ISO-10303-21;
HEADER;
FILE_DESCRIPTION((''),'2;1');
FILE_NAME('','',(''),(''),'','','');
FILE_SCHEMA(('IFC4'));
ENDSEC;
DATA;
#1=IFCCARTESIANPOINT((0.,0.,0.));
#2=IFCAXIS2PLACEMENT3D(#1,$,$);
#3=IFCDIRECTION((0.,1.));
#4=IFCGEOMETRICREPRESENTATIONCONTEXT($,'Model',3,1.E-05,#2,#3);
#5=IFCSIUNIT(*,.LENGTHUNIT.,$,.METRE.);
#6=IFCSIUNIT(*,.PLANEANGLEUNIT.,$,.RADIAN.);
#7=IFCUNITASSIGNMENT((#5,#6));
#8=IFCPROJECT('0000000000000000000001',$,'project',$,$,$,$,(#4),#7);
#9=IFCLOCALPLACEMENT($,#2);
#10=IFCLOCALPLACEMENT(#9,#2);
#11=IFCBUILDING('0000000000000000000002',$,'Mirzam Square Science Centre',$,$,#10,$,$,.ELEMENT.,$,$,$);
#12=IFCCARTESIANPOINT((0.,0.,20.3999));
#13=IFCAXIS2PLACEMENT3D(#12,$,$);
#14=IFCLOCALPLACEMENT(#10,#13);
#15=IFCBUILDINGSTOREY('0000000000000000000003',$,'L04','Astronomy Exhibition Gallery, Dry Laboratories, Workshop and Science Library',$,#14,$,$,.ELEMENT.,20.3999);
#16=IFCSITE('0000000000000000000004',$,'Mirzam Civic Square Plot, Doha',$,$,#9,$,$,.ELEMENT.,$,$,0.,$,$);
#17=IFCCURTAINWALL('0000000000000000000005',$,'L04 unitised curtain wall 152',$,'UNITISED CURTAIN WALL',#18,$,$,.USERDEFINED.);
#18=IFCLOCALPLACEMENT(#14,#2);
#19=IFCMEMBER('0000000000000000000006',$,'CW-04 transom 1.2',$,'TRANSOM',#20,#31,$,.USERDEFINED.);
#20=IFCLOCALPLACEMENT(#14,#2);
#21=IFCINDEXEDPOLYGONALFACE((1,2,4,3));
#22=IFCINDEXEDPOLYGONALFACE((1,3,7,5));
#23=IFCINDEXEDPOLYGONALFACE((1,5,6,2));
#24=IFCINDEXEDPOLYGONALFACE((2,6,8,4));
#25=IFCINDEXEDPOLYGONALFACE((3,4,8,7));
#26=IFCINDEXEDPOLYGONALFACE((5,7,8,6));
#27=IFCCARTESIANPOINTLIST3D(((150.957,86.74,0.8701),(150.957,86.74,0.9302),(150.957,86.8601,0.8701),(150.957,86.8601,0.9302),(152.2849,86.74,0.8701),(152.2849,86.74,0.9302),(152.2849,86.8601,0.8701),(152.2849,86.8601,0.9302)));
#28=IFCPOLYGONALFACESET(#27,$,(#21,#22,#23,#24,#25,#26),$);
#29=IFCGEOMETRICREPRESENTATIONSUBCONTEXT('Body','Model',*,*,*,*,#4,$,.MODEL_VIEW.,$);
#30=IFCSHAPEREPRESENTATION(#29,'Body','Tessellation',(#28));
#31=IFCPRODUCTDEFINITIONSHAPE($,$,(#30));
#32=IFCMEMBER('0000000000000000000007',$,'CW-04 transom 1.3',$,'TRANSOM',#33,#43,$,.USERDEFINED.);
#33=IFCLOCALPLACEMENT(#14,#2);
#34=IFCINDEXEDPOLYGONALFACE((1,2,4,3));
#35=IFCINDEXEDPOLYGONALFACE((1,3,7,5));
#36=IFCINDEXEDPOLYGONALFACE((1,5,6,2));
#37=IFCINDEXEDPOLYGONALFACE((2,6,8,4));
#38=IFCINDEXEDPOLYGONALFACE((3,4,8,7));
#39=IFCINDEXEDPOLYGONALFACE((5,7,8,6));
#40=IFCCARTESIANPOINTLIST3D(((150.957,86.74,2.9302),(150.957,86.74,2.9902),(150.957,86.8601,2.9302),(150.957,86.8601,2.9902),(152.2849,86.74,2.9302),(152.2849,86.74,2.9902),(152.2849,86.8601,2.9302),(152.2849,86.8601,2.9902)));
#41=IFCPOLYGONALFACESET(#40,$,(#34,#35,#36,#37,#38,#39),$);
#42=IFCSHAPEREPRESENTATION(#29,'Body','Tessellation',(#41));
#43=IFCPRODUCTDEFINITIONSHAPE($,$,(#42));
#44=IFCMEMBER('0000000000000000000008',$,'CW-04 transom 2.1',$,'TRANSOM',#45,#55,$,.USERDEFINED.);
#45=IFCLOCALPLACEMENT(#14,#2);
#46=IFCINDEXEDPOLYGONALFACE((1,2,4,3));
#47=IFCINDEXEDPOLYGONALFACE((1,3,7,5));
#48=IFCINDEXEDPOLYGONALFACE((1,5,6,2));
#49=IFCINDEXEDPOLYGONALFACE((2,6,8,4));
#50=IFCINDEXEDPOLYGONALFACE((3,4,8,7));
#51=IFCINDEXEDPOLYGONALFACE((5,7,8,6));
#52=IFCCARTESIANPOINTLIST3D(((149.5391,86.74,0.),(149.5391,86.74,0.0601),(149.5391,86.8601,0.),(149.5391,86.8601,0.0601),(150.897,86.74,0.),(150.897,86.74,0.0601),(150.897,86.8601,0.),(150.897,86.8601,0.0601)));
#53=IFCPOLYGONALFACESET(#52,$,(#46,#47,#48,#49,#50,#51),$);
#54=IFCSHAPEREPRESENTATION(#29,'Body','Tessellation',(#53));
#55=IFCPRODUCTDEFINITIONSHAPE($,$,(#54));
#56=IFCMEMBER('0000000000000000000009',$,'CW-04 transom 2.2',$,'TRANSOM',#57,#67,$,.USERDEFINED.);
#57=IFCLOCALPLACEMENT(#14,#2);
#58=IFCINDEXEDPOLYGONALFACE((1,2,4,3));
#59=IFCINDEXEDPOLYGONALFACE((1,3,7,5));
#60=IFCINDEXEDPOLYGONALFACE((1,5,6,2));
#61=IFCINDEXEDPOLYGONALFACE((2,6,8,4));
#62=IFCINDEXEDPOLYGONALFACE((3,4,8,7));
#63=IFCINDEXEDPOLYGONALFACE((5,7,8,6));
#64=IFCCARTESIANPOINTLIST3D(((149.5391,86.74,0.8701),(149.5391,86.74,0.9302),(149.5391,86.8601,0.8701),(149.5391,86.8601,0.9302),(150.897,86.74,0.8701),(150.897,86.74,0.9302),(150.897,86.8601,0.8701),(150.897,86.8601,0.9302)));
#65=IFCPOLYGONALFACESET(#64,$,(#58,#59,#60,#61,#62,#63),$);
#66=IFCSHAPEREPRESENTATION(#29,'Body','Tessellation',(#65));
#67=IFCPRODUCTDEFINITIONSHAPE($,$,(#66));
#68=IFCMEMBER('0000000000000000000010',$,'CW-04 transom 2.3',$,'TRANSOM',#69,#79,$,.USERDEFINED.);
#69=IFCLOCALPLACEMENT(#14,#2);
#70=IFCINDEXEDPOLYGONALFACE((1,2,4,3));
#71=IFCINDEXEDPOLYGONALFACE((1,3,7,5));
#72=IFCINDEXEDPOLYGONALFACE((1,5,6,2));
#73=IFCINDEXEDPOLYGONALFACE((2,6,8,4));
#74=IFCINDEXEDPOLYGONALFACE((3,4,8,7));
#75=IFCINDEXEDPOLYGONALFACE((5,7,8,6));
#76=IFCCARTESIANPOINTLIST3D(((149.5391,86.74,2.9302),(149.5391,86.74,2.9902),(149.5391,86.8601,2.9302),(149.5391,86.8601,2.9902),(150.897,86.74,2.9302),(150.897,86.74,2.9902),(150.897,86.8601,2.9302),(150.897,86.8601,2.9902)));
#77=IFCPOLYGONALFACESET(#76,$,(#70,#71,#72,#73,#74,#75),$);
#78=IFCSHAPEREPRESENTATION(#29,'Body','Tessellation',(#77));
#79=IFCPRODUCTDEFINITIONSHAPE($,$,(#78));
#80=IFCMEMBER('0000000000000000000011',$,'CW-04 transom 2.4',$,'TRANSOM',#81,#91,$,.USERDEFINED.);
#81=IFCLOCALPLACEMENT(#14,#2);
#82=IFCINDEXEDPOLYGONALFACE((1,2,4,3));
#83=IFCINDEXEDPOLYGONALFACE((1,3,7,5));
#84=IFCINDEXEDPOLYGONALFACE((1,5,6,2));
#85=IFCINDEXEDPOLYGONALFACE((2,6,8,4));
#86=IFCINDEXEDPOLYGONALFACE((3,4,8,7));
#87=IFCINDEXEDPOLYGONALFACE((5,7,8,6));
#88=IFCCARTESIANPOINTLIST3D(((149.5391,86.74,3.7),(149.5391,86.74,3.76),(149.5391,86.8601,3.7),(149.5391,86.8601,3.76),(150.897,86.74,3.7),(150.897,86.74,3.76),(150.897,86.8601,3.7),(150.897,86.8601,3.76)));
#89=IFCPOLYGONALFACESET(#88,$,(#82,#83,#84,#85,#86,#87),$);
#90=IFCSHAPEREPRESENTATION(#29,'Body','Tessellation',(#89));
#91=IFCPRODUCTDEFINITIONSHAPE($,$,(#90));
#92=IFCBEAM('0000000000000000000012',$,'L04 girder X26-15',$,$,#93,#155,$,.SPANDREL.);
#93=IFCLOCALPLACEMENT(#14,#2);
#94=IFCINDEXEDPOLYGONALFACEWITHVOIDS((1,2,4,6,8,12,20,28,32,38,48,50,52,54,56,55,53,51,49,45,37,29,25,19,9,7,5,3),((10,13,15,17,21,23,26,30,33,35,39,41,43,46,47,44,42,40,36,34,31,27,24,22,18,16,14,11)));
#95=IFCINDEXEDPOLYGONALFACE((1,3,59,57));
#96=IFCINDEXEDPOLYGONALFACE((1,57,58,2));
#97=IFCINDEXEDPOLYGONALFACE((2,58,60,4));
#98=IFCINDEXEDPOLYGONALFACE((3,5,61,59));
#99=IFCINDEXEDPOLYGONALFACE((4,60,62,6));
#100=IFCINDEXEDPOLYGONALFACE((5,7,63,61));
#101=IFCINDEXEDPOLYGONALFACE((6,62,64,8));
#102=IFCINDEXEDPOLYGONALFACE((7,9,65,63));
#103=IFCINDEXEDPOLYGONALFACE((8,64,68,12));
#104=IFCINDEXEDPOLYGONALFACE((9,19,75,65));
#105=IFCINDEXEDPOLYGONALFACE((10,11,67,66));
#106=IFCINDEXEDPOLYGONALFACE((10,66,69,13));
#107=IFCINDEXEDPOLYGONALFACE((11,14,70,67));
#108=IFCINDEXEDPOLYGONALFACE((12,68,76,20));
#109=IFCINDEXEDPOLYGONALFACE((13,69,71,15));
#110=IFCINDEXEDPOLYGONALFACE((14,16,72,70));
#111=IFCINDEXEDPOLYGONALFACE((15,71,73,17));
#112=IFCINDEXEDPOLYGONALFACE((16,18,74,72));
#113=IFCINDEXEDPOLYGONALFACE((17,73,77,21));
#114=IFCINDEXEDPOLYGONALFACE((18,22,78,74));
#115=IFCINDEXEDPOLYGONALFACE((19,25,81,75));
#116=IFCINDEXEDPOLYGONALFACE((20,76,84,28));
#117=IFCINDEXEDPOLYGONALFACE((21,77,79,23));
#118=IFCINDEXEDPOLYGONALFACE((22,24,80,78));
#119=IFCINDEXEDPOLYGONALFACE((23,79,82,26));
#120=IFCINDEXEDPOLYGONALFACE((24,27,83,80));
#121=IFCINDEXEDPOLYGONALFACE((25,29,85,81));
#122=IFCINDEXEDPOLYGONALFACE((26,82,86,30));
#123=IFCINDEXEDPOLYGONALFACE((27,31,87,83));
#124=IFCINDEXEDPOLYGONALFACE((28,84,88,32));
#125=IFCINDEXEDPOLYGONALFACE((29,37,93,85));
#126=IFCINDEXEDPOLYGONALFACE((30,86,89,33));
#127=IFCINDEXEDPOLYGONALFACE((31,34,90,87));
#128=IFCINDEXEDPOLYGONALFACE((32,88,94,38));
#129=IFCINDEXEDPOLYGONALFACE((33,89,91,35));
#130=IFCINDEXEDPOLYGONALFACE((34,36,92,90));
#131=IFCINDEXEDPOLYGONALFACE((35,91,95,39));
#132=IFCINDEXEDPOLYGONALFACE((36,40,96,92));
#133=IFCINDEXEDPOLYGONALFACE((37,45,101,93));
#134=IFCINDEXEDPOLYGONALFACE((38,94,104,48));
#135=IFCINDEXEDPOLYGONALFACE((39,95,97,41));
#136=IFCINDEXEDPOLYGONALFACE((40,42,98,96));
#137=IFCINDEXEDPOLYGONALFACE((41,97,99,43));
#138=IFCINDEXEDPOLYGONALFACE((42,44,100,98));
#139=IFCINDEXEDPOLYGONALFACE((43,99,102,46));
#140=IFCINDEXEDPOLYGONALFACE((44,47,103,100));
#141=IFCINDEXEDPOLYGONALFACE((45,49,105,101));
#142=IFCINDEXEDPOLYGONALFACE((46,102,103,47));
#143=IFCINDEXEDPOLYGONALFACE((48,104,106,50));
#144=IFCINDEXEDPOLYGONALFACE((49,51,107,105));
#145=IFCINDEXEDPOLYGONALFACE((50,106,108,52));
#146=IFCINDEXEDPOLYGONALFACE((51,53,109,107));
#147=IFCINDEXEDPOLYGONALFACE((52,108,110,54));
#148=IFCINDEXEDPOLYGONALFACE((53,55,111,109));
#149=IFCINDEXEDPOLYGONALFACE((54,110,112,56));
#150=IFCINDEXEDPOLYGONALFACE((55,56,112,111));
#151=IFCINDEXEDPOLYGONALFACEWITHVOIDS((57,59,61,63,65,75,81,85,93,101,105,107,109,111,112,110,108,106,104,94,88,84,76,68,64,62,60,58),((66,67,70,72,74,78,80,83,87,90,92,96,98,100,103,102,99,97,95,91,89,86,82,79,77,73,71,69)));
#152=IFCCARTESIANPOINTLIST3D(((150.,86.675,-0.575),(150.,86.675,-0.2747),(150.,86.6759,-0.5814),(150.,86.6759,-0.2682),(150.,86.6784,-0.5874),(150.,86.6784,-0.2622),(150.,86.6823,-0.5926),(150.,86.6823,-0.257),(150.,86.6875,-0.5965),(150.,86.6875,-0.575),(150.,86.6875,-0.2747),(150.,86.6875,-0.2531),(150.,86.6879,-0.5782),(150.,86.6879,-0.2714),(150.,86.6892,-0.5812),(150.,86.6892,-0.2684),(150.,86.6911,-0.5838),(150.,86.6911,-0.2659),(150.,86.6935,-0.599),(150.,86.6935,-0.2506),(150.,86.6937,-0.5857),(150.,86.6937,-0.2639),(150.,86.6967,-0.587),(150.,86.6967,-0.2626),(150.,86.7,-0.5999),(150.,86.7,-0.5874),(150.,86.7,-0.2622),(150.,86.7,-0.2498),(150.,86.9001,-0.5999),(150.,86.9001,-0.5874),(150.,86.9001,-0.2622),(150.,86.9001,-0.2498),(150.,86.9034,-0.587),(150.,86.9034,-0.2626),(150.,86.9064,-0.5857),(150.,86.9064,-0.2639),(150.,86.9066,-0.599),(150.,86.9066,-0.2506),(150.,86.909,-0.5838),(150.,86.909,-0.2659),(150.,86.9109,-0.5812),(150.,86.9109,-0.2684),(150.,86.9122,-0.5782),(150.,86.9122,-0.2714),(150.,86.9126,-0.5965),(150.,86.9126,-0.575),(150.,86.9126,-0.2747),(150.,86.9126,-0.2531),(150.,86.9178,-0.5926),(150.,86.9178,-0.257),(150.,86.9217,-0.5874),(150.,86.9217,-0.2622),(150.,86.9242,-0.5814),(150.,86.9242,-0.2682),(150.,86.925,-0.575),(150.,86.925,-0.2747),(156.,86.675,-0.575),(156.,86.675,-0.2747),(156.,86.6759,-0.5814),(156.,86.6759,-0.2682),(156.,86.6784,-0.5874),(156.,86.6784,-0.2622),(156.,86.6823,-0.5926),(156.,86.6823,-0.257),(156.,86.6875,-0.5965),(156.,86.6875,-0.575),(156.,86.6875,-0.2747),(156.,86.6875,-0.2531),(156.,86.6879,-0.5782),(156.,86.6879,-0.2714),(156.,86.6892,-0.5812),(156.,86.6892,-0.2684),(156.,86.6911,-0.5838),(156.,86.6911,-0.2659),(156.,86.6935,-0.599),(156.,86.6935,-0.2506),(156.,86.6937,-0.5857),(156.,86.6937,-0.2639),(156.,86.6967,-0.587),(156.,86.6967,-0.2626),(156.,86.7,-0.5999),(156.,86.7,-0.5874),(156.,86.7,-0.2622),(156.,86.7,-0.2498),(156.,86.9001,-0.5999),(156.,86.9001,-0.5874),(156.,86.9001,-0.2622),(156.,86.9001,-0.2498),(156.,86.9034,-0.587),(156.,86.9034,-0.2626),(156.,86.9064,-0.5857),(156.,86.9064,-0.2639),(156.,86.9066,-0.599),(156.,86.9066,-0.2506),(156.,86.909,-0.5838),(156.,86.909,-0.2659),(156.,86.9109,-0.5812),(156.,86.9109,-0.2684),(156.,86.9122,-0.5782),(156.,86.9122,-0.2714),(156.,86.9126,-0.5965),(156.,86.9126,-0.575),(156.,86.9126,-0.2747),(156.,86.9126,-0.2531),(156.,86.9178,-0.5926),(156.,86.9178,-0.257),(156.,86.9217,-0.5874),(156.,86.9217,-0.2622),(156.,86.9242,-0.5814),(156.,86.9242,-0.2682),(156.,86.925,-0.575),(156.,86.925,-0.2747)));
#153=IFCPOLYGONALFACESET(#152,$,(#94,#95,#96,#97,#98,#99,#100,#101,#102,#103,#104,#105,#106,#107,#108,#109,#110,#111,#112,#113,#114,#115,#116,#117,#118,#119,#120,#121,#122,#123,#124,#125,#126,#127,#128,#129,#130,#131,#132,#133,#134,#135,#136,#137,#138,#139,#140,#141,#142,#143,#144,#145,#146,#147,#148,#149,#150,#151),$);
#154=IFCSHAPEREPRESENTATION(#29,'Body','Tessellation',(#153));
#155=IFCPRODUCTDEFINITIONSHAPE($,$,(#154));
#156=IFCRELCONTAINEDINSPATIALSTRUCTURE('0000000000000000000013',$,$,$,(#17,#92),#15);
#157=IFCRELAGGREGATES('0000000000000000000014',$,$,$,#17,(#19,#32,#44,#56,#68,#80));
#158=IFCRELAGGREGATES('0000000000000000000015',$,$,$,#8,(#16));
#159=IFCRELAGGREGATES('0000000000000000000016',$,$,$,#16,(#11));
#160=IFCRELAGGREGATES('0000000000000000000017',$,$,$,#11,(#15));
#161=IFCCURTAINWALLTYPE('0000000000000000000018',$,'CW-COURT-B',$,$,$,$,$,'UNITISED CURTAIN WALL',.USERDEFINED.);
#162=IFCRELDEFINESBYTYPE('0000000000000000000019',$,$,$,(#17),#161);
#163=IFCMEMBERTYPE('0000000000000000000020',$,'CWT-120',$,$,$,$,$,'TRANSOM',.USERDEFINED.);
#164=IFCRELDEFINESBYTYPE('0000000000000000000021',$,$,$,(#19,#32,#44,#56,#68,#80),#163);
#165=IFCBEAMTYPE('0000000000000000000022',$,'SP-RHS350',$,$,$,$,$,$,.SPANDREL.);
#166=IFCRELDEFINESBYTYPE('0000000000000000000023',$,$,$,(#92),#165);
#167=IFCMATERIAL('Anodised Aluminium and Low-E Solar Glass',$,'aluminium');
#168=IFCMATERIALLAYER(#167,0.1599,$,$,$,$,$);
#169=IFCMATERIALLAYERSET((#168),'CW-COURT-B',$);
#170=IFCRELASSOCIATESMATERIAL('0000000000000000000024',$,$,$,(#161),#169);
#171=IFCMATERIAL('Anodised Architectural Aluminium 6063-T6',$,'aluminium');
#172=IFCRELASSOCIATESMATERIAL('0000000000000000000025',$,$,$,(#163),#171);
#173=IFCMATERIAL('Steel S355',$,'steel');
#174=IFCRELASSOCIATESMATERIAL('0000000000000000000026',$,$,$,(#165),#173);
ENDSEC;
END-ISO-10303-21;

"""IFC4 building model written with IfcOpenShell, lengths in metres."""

from ifc_helpers import new_model, si_unit, direction, frame, origin, origin_2d, place, context, subcontext, project, spatial, rectangle, hollow_rectangle, extrude, material, layer, layer_set, material_profile, profile_set, type_object, element, aggregate, save


model = new_model("IFC4")

# Units and contexts
model_context = context("Model", 3, precision=1e-05, world=origin(), true_north=direction((0.0, 1.0)))
body_context = subcontext(model_context, "Body", "Model", "MODEL_VIEW")
ifc_project = project(units=[si_unit("LENGTHUNIT", "METRE"), si_unit("PLANEANGLEUNIT", "RADIAN")], contexts=[model_context])

# Site, building, storey
site_placement = place(None, origin())
site = spatial("IfcSite", under=ifc_project, at=site_placement, Name="Mirzam Civic Square Plot, Doha", CompositionType="ELEMENT", RefElevation=0.0)
building_placement = place(site_placement, origin())
building = spatial("IfcBuilding", under=site, at=building_placement, Name="Mirzam Square Science Centre", CompositionType="ELEMENT")
storey_placement = place(building_placement, frame((0.0, 0.0, 20.3999)))
storey = spatial("IfcBuildingStorey", under=building, at=storey_placement, Name="L04", Description="Astronomy Exhibition Gallery, Dry Laboratories, Workshop and Science Library", CompositionType="ELEMENT", Elevation=20.3999)

# Shared definitions
ifc_material_1 = material(Name="Steel S355", Category="steel")

# Curtain wall, members
ifc_material_2 = material(Name="Anodised Aluminium and Low-E Solar Glass", Category="aluminium")
ifc_layer_1 = layer(ifc_material_2, 0.1599)
ifc_layer_set_1 = layer_set([ifc_layer_1], Name="CW-COURT-B")
curtain_wall_type = type_object("IfcCurtainWallType", Name="CW-COURT-B", ElementType="UNITISED CURTAIN WALL", PredefinedType="USERDEFINED", material=ifc_layer_set_1)
curtain_wall_placement = place(storey_placement, origin())
curtain_wall = element("IfcCurtainWall", 1, at=curtain_wall_placement, inside=storey, type_object=curtain_wall_type, Name="L04 unitised curtain wall 152", ObjectType="UNITISED CURTAIN WALL", PredefinedType="USERDEFINED")
ifc_material_3 = material(Name="Anodised Architectural Aluminium 6063-T6", Category="aluminium")
ifc_material_profile_1 = material_profile(ifc_material_3, rectangle(XDim=0.1201, YDim=0.0601, at=origin_2d()), Name="ALU-TRAN-120x60x4")
ifc_profile_set_1 = profile_set([ifc_material_profile_1], Name="Anodised Architectural Aluminium 6063-T6")
member_type_1 = type_object("IfcMemberType", Name="CWT-120", ElementType="TRANSOM", PredefinedType="USERDEFINED", material=ifc_profile_set_1)
member_1_placement = place(storey_placement, frame((152.2849, 86.8, 0.9001), z_axis=(-1.0, 0.0, 0.0), x_axis=(0.0, -1.0, 0.0)))
member_1 = element("IfcMember", 2, at=member_1_placement, type_object=member_type_1, Name="CW-04 transom 1.2", ObjectType="TRANSOM", PredefinedType="USERDEFINED", context=body_context, shape_type="SweptSolid", body=[
    extrude(rectangle(XDim=0.1201, YDim=0.0601, at=origin_2d()), origin(), (0.0, 0.0, 1.0), 1.3279),
])
member_2_placement = place(storey_placement, frame((152.2849, 86.8, 2.9602), z_axis=(-1.0, 0.0, 0.0), x_axis=(0.0, -1.0, 0.0)))
member_2 = element("IfcMember", 3, at=member_2_placement, type_object=member_type_1, Name="CW-04 transom 1.3", ObjectType="TRANSOM", PredefinedType="USERDEFINED", context=body_context, shape_type="SweptSolid", body=[
    extrude(rectangle(XDim=0.1201, YDim=0.0601, at=origin_2d()), origin(), (0.0, 0.0, 1.0), 1.3279),
])
member_3_placement = place(storey_placement, frame((150.897, 86.8, 0.03), z_axis=(-1.0, 0.0, 0.0), x_axis=(0.0, -1.0, 0.0)))
member_3 = element("IfcMember", 4, at=member_3_placement, type_object=member_type_1, Name="CW-04 transom 2.1", ObjectType="TRANSOM", PredefinedType="USERDEFINED", context=body_context, shape_type="SweptSolid", body=[
    extrude(rectangle(XDim=0.1201, YDim=0.0601, at=origin_2d()), origin(), (0.0, 0.0, 1.0), 1.3579),
])
member_4_placement = place(storey_placement, frame((150.897, 86.8, 0.9001), z_axis=(-1.0, 0.0, 0.0), x_axis=(0.0, -1.0, 0.0)))
member_4 = element("IfcMember", 5, at=member_4_placement, type_object=member_type_1, Name="CW-04 transom 2.2", ObjectType="TRANSOM", PredefinedType="USERDEFINED", context=body_context, shape_type="SweptSolid", body=[
    extrude(rectangle(XDim=0.1201, YDim=0.0601, at=origin_2d()), origin(), (0.0, 0.0, 1.0), 1.3579),
])
member_5_placement = place(storey_placement, frame((150.897, 86.8, 2.9602), z_axis=(-1.0, 0.0, 0.0), x_axis=(0.0, -1.0, 0.0)))
member_5 = element("IfcMember", 6, at=member_5_placement, type_object=member_type_1, Name="CW-04 transom 2.3", ObjectType="TRANSOM", PredefinedType="USERDEFINED", context=body_context, shape_type="SweptSolid", body=[
    extrude(rectangle(XDim=0.1201, YDim=0.0601, at=origin_2d()), origin(), (0.0, 0.0, 1.0), 1.3579),
])
member_6_placement = place(storey_placement, frame((150.897, 86.8, 3.73), z_axis=(-1.0, 0.0, 0.0), x_axis=(0.0, -1.0, 0.0)))
member_6 = element("IfcMember", 7, at=member_6_placement, type_object=member_type_1, Name="CW-04 transom 2.4", ObjectType="TRANSOM", PredefinedType="USERDEFINED", context=body_context, shape_type="SweptSolid", body=[
    extrude(rectangle(XDim=0.1201, YDim=0.0601, at=origin_2d()), origin(), (0.0, 0.0, 1.0), 1.3579),
])

# Beam
ifc_material_profile_2 = material_profile(ifc_material_1, hollow_rectangle(XDim=0.25, YDim=0.3501, WallThickness=0.0125, InnerFilletRadius=0.0125, OuterFilletRadius=0.0249, at=origin_2d()), Name="350x250x12.5RHS")
ifc_profile_set_2 = profile_set([ifc_material_profile_2], Name="Steel S355")
beam_type_1 = type_object("IfcBeamType", Name="SP-RHS350", PredefinedType="SPANDREL", material=ifc_profile_set_2)
for number, where, z_axis, x_axis, name in (
    (8, (150.0, 86.8, -0.4248), (1.0, 0.0, 0.0), (0.0, 1.0, 0.0), "L04 girder X26-15"),
):
    element("IfcBeam", number, at=place(storey_placement, frame(where, z_axis=z_axis, x_axis=x_axis)), inside=storey, type_object=beam_type_1, Name=name, PredefinedType="SPANDREL", context=body_context, shape_type="SweptSolid", body=[
        extrude(hollow_rectangle(XDim=0.25, YDim=0.3501, WallThickness=0.0125, InnerFilletRadius=0.0125, OuterFilletRadius=0.0249, at=origin_2d()), origin(), (0.0, 0.0, 1.0), 6.0),
    ])

aggregate(curtain_wall, [member_1, member_2, member_3, member_4, member_5, member_6])

save(model, "model.ifc")
